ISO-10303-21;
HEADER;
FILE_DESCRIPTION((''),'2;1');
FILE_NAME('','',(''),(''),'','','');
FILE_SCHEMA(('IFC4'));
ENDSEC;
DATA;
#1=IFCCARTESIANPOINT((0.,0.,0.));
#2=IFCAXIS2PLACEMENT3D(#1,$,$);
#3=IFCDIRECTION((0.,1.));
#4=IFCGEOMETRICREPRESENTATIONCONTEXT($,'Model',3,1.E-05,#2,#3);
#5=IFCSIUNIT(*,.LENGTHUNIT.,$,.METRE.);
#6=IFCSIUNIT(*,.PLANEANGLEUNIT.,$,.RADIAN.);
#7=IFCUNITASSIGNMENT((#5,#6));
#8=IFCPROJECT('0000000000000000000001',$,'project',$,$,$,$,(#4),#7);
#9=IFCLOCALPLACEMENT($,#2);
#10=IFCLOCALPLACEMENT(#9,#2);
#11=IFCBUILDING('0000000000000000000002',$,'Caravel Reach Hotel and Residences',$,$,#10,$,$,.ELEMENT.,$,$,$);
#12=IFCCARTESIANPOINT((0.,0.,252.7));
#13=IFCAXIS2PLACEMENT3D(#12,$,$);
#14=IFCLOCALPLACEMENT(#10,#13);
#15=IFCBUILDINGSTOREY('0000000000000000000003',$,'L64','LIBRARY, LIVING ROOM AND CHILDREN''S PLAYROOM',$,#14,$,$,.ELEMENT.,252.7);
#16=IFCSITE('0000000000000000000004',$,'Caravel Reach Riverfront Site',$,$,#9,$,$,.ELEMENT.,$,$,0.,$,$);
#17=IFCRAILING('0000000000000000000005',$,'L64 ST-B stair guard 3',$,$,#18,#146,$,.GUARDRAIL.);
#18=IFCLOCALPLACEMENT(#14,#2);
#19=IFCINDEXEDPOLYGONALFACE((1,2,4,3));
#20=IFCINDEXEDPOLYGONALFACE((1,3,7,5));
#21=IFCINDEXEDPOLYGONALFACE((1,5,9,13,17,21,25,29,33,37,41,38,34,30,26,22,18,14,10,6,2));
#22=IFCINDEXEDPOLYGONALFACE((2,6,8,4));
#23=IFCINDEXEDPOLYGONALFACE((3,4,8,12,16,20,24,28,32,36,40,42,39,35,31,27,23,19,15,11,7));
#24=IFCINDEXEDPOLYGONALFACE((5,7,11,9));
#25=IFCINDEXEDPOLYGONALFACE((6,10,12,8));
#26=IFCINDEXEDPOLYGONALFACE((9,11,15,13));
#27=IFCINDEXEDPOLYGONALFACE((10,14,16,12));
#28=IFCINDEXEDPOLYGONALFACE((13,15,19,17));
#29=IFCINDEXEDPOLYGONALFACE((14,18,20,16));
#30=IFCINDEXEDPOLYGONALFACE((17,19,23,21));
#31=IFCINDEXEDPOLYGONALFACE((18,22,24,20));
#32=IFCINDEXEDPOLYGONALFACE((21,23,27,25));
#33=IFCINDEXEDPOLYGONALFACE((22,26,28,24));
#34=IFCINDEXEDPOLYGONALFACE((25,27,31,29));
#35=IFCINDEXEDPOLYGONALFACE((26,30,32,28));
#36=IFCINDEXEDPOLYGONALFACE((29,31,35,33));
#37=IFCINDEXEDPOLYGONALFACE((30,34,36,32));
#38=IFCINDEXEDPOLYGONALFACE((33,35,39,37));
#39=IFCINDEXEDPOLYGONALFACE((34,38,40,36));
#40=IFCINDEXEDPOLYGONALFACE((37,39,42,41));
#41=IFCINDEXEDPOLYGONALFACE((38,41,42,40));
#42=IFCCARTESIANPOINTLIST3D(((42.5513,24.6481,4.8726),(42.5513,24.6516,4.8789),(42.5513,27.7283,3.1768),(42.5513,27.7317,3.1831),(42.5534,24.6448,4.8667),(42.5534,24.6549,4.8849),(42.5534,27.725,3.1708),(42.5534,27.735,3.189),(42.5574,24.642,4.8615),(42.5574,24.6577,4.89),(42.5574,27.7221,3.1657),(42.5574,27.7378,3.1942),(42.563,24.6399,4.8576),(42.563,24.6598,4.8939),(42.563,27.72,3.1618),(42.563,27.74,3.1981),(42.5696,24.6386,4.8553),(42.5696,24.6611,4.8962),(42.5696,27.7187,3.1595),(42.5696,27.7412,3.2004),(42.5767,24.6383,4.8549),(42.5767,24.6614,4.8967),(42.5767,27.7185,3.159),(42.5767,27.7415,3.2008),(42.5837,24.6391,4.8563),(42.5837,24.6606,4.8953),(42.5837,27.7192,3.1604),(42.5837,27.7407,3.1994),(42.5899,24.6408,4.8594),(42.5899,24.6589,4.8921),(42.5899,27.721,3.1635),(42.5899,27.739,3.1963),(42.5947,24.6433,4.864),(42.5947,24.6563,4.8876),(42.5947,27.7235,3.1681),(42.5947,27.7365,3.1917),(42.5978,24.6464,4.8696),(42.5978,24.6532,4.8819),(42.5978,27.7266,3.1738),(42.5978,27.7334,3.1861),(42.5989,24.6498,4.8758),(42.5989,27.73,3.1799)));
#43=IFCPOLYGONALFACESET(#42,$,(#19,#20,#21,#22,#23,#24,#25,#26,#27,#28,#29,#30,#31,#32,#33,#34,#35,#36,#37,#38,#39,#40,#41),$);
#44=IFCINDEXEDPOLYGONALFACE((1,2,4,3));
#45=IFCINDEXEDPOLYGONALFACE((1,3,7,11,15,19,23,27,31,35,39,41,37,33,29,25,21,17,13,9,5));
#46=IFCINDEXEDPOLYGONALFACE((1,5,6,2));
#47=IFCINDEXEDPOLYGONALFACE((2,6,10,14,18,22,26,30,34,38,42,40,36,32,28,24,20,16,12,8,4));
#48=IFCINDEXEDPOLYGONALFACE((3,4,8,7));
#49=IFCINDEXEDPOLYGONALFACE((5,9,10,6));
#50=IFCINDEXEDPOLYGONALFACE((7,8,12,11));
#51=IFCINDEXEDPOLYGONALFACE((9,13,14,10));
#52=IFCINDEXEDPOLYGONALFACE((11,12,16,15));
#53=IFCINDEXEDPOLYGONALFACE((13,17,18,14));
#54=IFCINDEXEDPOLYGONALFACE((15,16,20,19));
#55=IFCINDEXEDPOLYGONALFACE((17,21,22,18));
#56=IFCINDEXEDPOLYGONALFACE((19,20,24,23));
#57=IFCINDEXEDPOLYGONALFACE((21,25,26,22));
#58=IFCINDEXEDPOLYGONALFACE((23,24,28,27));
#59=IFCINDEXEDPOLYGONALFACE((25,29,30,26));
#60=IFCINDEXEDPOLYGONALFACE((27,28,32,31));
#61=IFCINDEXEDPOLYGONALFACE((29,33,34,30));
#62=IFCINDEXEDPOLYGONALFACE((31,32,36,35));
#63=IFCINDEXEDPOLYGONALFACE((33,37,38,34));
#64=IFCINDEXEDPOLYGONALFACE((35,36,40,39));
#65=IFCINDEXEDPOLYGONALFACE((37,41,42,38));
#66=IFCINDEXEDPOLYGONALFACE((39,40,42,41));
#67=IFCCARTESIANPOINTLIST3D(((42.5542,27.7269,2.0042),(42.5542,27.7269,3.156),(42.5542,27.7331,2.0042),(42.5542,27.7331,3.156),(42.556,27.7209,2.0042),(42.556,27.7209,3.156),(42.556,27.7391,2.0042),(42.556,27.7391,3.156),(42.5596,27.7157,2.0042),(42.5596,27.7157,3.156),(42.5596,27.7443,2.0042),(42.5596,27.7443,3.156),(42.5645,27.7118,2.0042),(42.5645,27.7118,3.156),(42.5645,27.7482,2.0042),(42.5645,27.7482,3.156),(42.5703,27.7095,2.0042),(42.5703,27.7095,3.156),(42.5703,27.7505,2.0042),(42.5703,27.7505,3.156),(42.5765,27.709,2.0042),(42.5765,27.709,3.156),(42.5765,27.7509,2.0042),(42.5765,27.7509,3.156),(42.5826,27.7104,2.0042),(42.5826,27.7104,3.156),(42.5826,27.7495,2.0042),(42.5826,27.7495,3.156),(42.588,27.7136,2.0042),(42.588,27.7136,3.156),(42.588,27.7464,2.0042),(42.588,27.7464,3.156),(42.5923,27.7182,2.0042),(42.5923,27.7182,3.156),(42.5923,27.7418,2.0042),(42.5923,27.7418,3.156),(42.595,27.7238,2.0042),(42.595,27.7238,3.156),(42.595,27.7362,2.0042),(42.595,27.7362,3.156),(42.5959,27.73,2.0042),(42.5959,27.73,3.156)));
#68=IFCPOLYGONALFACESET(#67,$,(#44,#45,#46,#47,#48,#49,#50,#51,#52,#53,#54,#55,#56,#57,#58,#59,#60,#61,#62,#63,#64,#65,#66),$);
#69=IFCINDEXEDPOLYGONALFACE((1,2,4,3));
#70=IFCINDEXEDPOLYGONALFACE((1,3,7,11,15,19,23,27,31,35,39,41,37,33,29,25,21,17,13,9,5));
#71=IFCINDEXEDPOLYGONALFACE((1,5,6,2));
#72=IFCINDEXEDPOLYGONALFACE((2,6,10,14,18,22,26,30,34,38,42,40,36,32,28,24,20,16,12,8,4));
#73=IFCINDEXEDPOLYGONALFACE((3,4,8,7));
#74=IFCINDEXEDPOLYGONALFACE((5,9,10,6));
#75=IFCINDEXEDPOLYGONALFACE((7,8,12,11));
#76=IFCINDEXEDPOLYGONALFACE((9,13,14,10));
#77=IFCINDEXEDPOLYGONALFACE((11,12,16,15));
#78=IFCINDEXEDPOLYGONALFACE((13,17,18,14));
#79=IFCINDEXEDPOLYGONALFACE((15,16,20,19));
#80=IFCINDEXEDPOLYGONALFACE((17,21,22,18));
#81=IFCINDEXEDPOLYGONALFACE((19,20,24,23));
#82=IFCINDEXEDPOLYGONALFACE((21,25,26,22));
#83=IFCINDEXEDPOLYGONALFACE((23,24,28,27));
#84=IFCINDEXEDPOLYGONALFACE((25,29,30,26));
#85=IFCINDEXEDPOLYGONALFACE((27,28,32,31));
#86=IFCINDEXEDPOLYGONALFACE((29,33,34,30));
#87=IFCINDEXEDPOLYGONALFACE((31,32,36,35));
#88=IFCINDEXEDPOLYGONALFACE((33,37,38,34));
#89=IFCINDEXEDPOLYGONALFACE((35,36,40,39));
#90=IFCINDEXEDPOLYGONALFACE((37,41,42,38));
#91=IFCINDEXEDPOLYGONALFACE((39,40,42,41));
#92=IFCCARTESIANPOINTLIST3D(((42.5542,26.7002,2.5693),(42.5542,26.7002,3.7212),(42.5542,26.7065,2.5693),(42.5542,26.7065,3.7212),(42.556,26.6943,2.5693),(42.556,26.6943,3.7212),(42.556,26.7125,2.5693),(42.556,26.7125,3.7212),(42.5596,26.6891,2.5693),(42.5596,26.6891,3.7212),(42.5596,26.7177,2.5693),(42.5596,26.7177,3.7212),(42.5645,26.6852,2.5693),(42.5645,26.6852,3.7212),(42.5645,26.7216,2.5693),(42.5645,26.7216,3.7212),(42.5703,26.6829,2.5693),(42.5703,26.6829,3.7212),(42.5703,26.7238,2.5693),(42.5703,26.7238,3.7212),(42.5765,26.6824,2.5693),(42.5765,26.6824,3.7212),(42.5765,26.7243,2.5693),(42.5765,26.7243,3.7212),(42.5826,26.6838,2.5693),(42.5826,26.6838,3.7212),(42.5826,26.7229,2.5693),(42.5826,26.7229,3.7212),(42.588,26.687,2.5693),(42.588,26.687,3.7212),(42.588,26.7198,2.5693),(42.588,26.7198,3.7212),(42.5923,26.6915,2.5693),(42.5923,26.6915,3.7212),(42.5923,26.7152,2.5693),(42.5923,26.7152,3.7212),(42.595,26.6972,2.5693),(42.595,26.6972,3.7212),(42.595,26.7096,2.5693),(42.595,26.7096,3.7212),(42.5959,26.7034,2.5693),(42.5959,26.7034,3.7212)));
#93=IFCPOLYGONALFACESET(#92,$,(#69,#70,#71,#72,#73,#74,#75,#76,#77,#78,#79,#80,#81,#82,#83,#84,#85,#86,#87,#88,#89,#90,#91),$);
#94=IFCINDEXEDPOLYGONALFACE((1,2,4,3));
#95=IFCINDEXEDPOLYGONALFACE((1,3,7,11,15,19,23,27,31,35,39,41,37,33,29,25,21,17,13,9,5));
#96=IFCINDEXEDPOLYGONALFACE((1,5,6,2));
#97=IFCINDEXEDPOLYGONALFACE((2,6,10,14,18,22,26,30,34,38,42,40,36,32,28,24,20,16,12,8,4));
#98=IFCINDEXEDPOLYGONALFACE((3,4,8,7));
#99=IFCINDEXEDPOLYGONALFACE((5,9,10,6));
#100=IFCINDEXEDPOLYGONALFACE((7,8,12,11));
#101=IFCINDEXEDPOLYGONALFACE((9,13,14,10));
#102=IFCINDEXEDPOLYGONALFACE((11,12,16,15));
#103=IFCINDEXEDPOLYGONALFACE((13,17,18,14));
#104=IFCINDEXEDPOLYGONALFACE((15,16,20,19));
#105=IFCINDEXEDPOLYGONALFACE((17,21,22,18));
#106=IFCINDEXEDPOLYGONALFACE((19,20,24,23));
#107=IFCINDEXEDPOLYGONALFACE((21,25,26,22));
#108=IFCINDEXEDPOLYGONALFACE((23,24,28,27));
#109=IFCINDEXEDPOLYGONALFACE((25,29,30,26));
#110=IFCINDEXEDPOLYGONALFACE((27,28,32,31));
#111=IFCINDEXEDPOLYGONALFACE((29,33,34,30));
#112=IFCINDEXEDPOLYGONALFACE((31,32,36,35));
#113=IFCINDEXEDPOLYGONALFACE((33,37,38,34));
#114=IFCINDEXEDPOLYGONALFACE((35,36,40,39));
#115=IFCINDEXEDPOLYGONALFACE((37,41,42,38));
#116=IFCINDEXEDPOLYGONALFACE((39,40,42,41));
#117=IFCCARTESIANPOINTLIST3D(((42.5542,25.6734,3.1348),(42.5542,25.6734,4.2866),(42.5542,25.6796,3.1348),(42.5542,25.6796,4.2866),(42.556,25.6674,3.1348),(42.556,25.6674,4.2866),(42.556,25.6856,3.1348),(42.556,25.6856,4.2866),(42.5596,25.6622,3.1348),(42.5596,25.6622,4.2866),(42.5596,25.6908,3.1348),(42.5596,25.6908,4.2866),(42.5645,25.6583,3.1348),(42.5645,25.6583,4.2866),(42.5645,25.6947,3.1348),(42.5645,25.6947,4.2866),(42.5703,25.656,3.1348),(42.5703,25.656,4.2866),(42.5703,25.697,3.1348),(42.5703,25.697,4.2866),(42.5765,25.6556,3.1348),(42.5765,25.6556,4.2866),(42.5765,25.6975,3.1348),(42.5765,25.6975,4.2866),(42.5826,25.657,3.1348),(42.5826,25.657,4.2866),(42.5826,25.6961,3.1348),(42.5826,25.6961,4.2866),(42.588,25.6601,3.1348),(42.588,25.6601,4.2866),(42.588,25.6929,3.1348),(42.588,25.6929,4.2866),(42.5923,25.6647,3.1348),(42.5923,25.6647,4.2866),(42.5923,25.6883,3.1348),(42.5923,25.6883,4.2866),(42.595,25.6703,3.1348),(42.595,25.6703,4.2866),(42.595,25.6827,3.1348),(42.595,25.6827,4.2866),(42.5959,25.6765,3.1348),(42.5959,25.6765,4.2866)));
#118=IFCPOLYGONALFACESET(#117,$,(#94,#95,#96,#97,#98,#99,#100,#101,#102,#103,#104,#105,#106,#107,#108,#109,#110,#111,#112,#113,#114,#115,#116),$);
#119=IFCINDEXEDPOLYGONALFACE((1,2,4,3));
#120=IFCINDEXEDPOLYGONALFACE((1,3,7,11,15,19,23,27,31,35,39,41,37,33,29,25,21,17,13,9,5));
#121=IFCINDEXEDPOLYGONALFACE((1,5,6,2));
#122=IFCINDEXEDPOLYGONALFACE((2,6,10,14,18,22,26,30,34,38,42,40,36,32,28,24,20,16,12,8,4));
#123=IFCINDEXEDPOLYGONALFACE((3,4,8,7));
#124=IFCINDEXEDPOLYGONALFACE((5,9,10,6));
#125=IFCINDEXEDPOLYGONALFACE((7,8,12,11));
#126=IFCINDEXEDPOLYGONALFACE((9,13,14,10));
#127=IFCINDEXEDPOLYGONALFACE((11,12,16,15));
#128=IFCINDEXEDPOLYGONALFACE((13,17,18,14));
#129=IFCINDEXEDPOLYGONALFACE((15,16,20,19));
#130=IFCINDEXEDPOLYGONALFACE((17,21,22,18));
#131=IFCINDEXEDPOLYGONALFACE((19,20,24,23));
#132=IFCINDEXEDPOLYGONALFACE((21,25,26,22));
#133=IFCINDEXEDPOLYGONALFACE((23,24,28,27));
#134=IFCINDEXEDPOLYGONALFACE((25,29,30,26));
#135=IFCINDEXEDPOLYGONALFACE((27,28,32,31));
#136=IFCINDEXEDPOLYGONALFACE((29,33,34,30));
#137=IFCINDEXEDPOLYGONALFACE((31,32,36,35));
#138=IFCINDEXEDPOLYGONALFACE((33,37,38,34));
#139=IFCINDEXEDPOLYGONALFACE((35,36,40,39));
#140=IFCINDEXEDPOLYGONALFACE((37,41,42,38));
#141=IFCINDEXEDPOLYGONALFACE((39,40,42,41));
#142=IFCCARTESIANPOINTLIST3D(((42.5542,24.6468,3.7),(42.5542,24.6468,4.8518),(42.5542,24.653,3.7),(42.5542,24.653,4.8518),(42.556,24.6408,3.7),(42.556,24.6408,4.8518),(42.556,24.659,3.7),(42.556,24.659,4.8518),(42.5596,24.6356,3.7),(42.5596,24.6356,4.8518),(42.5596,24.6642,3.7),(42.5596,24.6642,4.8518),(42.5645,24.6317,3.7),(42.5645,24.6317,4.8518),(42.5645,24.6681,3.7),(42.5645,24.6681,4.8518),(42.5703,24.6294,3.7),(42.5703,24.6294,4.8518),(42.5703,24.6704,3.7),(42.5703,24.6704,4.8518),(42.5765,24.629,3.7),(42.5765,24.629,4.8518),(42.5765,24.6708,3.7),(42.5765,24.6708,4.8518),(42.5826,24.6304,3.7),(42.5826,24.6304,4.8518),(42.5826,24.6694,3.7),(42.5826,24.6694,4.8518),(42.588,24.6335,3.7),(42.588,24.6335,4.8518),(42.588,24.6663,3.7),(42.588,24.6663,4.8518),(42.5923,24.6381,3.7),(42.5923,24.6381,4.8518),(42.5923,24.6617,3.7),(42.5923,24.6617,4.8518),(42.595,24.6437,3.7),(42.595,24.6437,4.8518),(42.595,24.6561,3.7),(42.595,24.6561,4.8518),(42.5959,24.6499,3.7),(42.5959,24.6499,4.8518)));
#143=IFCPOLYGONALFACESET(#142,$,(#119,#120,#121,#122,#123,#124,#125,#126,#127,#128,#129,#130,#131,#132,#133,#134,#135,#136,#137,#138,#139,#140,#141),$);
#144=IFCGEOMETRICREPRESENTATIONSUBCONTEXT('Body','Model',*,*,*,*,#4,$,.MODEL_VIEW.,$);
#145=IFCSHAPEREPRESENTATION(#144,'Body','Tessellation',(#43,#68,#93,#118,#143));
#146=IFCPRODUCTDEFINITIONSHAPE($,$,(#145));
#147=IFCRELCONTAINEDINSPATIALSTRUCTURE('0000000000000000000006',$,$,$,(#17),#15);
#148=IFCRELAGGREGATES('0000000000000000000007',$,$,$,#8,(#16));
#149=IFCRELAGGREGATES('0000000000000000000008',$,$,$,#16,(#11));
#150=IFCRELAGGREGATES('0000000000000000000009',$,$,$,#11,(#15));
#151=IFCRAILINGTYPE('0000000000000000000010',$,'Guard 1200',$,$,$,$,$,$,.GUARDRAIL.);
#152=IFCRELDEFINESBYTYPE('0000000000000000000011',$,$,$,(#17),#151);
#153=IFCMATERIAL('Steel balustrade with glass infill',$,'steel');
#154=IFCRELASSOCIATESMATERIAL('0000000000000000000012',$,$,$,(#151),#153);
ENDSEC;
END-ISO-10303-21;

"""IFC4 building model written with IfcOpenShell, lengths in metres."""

from ifc_helpers import new_model, si_unit, direction, frame, origin, origin_2d, place, context, subcontext, project, spatial, circle, extrude, material, type_object, element, save


model = new_model("IFC4")

# Units and contexts
model_context = context("Model", 3, precision=1e-05, world=origin(), true_north=direction((0.0, 1.0)))
body_context = subcontext(model_context, "Body", "Model", "MODEL_VIEW")
ifc_project = project(units=[si_unit("LENGTHUNIT", "METRE"), si_unit("PLANEANGLEUNIT", "RADIAN")], contexts=[model_context])

# Site, building, storey
site_placement = place(None, origin())
site = spatial("IfcSite", under=ifc_project, at=site_placement, Name="Caravel Reach Riverfront Site", CompositionType="ELEMENT", RefElevation=0.0)
building_placement = place(site_placement, origin())
building = spatial("IfcBuilding", under=site, at=building_placement, Name="Caravel Reach Hotel and Residences", CompositionType="ELEMENT")
storey_placement = place(building_placement, frame((0.0, 0.0, 252.7)))
storey = spatial("IfcBuildingStorey", under=building, at=storey_placement, Name="L64", Description="LIBRARY, LIVING ROOM AND CHILDREN'S PLAYROOM", CompositionType="ELEMENT", Elevation=252.7)

# Railing
ifc_material_1 = material(Name="Steel balustrade with glass infill", Category="steel")
railing_type_1 = type_object("IfcRailingType", Name="Guard 1200", PredefinedType="GUARDRAIL", material=ifc_material_1)
railing_1_placement = place(storey_placement, frame((42.575, 27.73, 2.0042)))
element("IfcRailing", 1, at=railing_1_placement, inside=storey, type_object=railing_type_1, Name="L64 ST-B stair guard 3", PredefinedType="GUARDRAIL", context=body_context, shape_type="SweptSolid", body=[
    extrude(circle(Radius=0.0239, at=origin_2d()), frame((0.0, 0.0, 1.1758), z_axis=(0.0, -0.876005, 0.482303), x_axis=(1.0, 0.0, 0.0)), (0.0, 0.0, 1.0), 3.5161),
    extrude(circle(Radius=0.021, at=origin_2d()), origin(), (0.0, 0.0, 1.0), 1.1519),
    extrude(circle(Radius=0.021, at=origin_2d()), frame((0.0, -1.0266, 0.5652)), (0.0, 0.0, 1.0), 1.1519),
    extrude(circle(Radius=0.021, at=origin_2d()), frame((0.0, -2.0535, 1.1306)), (0.0, 0.0, 1.0), 1.1519),
    extrude(circle(Radius=0.021, at=origin_2d()), frame((0.0, -3.0801, 1.6958)), (0.0, 0.0, 1.0), 1.1519),
])

save(model, "model.ifc")
